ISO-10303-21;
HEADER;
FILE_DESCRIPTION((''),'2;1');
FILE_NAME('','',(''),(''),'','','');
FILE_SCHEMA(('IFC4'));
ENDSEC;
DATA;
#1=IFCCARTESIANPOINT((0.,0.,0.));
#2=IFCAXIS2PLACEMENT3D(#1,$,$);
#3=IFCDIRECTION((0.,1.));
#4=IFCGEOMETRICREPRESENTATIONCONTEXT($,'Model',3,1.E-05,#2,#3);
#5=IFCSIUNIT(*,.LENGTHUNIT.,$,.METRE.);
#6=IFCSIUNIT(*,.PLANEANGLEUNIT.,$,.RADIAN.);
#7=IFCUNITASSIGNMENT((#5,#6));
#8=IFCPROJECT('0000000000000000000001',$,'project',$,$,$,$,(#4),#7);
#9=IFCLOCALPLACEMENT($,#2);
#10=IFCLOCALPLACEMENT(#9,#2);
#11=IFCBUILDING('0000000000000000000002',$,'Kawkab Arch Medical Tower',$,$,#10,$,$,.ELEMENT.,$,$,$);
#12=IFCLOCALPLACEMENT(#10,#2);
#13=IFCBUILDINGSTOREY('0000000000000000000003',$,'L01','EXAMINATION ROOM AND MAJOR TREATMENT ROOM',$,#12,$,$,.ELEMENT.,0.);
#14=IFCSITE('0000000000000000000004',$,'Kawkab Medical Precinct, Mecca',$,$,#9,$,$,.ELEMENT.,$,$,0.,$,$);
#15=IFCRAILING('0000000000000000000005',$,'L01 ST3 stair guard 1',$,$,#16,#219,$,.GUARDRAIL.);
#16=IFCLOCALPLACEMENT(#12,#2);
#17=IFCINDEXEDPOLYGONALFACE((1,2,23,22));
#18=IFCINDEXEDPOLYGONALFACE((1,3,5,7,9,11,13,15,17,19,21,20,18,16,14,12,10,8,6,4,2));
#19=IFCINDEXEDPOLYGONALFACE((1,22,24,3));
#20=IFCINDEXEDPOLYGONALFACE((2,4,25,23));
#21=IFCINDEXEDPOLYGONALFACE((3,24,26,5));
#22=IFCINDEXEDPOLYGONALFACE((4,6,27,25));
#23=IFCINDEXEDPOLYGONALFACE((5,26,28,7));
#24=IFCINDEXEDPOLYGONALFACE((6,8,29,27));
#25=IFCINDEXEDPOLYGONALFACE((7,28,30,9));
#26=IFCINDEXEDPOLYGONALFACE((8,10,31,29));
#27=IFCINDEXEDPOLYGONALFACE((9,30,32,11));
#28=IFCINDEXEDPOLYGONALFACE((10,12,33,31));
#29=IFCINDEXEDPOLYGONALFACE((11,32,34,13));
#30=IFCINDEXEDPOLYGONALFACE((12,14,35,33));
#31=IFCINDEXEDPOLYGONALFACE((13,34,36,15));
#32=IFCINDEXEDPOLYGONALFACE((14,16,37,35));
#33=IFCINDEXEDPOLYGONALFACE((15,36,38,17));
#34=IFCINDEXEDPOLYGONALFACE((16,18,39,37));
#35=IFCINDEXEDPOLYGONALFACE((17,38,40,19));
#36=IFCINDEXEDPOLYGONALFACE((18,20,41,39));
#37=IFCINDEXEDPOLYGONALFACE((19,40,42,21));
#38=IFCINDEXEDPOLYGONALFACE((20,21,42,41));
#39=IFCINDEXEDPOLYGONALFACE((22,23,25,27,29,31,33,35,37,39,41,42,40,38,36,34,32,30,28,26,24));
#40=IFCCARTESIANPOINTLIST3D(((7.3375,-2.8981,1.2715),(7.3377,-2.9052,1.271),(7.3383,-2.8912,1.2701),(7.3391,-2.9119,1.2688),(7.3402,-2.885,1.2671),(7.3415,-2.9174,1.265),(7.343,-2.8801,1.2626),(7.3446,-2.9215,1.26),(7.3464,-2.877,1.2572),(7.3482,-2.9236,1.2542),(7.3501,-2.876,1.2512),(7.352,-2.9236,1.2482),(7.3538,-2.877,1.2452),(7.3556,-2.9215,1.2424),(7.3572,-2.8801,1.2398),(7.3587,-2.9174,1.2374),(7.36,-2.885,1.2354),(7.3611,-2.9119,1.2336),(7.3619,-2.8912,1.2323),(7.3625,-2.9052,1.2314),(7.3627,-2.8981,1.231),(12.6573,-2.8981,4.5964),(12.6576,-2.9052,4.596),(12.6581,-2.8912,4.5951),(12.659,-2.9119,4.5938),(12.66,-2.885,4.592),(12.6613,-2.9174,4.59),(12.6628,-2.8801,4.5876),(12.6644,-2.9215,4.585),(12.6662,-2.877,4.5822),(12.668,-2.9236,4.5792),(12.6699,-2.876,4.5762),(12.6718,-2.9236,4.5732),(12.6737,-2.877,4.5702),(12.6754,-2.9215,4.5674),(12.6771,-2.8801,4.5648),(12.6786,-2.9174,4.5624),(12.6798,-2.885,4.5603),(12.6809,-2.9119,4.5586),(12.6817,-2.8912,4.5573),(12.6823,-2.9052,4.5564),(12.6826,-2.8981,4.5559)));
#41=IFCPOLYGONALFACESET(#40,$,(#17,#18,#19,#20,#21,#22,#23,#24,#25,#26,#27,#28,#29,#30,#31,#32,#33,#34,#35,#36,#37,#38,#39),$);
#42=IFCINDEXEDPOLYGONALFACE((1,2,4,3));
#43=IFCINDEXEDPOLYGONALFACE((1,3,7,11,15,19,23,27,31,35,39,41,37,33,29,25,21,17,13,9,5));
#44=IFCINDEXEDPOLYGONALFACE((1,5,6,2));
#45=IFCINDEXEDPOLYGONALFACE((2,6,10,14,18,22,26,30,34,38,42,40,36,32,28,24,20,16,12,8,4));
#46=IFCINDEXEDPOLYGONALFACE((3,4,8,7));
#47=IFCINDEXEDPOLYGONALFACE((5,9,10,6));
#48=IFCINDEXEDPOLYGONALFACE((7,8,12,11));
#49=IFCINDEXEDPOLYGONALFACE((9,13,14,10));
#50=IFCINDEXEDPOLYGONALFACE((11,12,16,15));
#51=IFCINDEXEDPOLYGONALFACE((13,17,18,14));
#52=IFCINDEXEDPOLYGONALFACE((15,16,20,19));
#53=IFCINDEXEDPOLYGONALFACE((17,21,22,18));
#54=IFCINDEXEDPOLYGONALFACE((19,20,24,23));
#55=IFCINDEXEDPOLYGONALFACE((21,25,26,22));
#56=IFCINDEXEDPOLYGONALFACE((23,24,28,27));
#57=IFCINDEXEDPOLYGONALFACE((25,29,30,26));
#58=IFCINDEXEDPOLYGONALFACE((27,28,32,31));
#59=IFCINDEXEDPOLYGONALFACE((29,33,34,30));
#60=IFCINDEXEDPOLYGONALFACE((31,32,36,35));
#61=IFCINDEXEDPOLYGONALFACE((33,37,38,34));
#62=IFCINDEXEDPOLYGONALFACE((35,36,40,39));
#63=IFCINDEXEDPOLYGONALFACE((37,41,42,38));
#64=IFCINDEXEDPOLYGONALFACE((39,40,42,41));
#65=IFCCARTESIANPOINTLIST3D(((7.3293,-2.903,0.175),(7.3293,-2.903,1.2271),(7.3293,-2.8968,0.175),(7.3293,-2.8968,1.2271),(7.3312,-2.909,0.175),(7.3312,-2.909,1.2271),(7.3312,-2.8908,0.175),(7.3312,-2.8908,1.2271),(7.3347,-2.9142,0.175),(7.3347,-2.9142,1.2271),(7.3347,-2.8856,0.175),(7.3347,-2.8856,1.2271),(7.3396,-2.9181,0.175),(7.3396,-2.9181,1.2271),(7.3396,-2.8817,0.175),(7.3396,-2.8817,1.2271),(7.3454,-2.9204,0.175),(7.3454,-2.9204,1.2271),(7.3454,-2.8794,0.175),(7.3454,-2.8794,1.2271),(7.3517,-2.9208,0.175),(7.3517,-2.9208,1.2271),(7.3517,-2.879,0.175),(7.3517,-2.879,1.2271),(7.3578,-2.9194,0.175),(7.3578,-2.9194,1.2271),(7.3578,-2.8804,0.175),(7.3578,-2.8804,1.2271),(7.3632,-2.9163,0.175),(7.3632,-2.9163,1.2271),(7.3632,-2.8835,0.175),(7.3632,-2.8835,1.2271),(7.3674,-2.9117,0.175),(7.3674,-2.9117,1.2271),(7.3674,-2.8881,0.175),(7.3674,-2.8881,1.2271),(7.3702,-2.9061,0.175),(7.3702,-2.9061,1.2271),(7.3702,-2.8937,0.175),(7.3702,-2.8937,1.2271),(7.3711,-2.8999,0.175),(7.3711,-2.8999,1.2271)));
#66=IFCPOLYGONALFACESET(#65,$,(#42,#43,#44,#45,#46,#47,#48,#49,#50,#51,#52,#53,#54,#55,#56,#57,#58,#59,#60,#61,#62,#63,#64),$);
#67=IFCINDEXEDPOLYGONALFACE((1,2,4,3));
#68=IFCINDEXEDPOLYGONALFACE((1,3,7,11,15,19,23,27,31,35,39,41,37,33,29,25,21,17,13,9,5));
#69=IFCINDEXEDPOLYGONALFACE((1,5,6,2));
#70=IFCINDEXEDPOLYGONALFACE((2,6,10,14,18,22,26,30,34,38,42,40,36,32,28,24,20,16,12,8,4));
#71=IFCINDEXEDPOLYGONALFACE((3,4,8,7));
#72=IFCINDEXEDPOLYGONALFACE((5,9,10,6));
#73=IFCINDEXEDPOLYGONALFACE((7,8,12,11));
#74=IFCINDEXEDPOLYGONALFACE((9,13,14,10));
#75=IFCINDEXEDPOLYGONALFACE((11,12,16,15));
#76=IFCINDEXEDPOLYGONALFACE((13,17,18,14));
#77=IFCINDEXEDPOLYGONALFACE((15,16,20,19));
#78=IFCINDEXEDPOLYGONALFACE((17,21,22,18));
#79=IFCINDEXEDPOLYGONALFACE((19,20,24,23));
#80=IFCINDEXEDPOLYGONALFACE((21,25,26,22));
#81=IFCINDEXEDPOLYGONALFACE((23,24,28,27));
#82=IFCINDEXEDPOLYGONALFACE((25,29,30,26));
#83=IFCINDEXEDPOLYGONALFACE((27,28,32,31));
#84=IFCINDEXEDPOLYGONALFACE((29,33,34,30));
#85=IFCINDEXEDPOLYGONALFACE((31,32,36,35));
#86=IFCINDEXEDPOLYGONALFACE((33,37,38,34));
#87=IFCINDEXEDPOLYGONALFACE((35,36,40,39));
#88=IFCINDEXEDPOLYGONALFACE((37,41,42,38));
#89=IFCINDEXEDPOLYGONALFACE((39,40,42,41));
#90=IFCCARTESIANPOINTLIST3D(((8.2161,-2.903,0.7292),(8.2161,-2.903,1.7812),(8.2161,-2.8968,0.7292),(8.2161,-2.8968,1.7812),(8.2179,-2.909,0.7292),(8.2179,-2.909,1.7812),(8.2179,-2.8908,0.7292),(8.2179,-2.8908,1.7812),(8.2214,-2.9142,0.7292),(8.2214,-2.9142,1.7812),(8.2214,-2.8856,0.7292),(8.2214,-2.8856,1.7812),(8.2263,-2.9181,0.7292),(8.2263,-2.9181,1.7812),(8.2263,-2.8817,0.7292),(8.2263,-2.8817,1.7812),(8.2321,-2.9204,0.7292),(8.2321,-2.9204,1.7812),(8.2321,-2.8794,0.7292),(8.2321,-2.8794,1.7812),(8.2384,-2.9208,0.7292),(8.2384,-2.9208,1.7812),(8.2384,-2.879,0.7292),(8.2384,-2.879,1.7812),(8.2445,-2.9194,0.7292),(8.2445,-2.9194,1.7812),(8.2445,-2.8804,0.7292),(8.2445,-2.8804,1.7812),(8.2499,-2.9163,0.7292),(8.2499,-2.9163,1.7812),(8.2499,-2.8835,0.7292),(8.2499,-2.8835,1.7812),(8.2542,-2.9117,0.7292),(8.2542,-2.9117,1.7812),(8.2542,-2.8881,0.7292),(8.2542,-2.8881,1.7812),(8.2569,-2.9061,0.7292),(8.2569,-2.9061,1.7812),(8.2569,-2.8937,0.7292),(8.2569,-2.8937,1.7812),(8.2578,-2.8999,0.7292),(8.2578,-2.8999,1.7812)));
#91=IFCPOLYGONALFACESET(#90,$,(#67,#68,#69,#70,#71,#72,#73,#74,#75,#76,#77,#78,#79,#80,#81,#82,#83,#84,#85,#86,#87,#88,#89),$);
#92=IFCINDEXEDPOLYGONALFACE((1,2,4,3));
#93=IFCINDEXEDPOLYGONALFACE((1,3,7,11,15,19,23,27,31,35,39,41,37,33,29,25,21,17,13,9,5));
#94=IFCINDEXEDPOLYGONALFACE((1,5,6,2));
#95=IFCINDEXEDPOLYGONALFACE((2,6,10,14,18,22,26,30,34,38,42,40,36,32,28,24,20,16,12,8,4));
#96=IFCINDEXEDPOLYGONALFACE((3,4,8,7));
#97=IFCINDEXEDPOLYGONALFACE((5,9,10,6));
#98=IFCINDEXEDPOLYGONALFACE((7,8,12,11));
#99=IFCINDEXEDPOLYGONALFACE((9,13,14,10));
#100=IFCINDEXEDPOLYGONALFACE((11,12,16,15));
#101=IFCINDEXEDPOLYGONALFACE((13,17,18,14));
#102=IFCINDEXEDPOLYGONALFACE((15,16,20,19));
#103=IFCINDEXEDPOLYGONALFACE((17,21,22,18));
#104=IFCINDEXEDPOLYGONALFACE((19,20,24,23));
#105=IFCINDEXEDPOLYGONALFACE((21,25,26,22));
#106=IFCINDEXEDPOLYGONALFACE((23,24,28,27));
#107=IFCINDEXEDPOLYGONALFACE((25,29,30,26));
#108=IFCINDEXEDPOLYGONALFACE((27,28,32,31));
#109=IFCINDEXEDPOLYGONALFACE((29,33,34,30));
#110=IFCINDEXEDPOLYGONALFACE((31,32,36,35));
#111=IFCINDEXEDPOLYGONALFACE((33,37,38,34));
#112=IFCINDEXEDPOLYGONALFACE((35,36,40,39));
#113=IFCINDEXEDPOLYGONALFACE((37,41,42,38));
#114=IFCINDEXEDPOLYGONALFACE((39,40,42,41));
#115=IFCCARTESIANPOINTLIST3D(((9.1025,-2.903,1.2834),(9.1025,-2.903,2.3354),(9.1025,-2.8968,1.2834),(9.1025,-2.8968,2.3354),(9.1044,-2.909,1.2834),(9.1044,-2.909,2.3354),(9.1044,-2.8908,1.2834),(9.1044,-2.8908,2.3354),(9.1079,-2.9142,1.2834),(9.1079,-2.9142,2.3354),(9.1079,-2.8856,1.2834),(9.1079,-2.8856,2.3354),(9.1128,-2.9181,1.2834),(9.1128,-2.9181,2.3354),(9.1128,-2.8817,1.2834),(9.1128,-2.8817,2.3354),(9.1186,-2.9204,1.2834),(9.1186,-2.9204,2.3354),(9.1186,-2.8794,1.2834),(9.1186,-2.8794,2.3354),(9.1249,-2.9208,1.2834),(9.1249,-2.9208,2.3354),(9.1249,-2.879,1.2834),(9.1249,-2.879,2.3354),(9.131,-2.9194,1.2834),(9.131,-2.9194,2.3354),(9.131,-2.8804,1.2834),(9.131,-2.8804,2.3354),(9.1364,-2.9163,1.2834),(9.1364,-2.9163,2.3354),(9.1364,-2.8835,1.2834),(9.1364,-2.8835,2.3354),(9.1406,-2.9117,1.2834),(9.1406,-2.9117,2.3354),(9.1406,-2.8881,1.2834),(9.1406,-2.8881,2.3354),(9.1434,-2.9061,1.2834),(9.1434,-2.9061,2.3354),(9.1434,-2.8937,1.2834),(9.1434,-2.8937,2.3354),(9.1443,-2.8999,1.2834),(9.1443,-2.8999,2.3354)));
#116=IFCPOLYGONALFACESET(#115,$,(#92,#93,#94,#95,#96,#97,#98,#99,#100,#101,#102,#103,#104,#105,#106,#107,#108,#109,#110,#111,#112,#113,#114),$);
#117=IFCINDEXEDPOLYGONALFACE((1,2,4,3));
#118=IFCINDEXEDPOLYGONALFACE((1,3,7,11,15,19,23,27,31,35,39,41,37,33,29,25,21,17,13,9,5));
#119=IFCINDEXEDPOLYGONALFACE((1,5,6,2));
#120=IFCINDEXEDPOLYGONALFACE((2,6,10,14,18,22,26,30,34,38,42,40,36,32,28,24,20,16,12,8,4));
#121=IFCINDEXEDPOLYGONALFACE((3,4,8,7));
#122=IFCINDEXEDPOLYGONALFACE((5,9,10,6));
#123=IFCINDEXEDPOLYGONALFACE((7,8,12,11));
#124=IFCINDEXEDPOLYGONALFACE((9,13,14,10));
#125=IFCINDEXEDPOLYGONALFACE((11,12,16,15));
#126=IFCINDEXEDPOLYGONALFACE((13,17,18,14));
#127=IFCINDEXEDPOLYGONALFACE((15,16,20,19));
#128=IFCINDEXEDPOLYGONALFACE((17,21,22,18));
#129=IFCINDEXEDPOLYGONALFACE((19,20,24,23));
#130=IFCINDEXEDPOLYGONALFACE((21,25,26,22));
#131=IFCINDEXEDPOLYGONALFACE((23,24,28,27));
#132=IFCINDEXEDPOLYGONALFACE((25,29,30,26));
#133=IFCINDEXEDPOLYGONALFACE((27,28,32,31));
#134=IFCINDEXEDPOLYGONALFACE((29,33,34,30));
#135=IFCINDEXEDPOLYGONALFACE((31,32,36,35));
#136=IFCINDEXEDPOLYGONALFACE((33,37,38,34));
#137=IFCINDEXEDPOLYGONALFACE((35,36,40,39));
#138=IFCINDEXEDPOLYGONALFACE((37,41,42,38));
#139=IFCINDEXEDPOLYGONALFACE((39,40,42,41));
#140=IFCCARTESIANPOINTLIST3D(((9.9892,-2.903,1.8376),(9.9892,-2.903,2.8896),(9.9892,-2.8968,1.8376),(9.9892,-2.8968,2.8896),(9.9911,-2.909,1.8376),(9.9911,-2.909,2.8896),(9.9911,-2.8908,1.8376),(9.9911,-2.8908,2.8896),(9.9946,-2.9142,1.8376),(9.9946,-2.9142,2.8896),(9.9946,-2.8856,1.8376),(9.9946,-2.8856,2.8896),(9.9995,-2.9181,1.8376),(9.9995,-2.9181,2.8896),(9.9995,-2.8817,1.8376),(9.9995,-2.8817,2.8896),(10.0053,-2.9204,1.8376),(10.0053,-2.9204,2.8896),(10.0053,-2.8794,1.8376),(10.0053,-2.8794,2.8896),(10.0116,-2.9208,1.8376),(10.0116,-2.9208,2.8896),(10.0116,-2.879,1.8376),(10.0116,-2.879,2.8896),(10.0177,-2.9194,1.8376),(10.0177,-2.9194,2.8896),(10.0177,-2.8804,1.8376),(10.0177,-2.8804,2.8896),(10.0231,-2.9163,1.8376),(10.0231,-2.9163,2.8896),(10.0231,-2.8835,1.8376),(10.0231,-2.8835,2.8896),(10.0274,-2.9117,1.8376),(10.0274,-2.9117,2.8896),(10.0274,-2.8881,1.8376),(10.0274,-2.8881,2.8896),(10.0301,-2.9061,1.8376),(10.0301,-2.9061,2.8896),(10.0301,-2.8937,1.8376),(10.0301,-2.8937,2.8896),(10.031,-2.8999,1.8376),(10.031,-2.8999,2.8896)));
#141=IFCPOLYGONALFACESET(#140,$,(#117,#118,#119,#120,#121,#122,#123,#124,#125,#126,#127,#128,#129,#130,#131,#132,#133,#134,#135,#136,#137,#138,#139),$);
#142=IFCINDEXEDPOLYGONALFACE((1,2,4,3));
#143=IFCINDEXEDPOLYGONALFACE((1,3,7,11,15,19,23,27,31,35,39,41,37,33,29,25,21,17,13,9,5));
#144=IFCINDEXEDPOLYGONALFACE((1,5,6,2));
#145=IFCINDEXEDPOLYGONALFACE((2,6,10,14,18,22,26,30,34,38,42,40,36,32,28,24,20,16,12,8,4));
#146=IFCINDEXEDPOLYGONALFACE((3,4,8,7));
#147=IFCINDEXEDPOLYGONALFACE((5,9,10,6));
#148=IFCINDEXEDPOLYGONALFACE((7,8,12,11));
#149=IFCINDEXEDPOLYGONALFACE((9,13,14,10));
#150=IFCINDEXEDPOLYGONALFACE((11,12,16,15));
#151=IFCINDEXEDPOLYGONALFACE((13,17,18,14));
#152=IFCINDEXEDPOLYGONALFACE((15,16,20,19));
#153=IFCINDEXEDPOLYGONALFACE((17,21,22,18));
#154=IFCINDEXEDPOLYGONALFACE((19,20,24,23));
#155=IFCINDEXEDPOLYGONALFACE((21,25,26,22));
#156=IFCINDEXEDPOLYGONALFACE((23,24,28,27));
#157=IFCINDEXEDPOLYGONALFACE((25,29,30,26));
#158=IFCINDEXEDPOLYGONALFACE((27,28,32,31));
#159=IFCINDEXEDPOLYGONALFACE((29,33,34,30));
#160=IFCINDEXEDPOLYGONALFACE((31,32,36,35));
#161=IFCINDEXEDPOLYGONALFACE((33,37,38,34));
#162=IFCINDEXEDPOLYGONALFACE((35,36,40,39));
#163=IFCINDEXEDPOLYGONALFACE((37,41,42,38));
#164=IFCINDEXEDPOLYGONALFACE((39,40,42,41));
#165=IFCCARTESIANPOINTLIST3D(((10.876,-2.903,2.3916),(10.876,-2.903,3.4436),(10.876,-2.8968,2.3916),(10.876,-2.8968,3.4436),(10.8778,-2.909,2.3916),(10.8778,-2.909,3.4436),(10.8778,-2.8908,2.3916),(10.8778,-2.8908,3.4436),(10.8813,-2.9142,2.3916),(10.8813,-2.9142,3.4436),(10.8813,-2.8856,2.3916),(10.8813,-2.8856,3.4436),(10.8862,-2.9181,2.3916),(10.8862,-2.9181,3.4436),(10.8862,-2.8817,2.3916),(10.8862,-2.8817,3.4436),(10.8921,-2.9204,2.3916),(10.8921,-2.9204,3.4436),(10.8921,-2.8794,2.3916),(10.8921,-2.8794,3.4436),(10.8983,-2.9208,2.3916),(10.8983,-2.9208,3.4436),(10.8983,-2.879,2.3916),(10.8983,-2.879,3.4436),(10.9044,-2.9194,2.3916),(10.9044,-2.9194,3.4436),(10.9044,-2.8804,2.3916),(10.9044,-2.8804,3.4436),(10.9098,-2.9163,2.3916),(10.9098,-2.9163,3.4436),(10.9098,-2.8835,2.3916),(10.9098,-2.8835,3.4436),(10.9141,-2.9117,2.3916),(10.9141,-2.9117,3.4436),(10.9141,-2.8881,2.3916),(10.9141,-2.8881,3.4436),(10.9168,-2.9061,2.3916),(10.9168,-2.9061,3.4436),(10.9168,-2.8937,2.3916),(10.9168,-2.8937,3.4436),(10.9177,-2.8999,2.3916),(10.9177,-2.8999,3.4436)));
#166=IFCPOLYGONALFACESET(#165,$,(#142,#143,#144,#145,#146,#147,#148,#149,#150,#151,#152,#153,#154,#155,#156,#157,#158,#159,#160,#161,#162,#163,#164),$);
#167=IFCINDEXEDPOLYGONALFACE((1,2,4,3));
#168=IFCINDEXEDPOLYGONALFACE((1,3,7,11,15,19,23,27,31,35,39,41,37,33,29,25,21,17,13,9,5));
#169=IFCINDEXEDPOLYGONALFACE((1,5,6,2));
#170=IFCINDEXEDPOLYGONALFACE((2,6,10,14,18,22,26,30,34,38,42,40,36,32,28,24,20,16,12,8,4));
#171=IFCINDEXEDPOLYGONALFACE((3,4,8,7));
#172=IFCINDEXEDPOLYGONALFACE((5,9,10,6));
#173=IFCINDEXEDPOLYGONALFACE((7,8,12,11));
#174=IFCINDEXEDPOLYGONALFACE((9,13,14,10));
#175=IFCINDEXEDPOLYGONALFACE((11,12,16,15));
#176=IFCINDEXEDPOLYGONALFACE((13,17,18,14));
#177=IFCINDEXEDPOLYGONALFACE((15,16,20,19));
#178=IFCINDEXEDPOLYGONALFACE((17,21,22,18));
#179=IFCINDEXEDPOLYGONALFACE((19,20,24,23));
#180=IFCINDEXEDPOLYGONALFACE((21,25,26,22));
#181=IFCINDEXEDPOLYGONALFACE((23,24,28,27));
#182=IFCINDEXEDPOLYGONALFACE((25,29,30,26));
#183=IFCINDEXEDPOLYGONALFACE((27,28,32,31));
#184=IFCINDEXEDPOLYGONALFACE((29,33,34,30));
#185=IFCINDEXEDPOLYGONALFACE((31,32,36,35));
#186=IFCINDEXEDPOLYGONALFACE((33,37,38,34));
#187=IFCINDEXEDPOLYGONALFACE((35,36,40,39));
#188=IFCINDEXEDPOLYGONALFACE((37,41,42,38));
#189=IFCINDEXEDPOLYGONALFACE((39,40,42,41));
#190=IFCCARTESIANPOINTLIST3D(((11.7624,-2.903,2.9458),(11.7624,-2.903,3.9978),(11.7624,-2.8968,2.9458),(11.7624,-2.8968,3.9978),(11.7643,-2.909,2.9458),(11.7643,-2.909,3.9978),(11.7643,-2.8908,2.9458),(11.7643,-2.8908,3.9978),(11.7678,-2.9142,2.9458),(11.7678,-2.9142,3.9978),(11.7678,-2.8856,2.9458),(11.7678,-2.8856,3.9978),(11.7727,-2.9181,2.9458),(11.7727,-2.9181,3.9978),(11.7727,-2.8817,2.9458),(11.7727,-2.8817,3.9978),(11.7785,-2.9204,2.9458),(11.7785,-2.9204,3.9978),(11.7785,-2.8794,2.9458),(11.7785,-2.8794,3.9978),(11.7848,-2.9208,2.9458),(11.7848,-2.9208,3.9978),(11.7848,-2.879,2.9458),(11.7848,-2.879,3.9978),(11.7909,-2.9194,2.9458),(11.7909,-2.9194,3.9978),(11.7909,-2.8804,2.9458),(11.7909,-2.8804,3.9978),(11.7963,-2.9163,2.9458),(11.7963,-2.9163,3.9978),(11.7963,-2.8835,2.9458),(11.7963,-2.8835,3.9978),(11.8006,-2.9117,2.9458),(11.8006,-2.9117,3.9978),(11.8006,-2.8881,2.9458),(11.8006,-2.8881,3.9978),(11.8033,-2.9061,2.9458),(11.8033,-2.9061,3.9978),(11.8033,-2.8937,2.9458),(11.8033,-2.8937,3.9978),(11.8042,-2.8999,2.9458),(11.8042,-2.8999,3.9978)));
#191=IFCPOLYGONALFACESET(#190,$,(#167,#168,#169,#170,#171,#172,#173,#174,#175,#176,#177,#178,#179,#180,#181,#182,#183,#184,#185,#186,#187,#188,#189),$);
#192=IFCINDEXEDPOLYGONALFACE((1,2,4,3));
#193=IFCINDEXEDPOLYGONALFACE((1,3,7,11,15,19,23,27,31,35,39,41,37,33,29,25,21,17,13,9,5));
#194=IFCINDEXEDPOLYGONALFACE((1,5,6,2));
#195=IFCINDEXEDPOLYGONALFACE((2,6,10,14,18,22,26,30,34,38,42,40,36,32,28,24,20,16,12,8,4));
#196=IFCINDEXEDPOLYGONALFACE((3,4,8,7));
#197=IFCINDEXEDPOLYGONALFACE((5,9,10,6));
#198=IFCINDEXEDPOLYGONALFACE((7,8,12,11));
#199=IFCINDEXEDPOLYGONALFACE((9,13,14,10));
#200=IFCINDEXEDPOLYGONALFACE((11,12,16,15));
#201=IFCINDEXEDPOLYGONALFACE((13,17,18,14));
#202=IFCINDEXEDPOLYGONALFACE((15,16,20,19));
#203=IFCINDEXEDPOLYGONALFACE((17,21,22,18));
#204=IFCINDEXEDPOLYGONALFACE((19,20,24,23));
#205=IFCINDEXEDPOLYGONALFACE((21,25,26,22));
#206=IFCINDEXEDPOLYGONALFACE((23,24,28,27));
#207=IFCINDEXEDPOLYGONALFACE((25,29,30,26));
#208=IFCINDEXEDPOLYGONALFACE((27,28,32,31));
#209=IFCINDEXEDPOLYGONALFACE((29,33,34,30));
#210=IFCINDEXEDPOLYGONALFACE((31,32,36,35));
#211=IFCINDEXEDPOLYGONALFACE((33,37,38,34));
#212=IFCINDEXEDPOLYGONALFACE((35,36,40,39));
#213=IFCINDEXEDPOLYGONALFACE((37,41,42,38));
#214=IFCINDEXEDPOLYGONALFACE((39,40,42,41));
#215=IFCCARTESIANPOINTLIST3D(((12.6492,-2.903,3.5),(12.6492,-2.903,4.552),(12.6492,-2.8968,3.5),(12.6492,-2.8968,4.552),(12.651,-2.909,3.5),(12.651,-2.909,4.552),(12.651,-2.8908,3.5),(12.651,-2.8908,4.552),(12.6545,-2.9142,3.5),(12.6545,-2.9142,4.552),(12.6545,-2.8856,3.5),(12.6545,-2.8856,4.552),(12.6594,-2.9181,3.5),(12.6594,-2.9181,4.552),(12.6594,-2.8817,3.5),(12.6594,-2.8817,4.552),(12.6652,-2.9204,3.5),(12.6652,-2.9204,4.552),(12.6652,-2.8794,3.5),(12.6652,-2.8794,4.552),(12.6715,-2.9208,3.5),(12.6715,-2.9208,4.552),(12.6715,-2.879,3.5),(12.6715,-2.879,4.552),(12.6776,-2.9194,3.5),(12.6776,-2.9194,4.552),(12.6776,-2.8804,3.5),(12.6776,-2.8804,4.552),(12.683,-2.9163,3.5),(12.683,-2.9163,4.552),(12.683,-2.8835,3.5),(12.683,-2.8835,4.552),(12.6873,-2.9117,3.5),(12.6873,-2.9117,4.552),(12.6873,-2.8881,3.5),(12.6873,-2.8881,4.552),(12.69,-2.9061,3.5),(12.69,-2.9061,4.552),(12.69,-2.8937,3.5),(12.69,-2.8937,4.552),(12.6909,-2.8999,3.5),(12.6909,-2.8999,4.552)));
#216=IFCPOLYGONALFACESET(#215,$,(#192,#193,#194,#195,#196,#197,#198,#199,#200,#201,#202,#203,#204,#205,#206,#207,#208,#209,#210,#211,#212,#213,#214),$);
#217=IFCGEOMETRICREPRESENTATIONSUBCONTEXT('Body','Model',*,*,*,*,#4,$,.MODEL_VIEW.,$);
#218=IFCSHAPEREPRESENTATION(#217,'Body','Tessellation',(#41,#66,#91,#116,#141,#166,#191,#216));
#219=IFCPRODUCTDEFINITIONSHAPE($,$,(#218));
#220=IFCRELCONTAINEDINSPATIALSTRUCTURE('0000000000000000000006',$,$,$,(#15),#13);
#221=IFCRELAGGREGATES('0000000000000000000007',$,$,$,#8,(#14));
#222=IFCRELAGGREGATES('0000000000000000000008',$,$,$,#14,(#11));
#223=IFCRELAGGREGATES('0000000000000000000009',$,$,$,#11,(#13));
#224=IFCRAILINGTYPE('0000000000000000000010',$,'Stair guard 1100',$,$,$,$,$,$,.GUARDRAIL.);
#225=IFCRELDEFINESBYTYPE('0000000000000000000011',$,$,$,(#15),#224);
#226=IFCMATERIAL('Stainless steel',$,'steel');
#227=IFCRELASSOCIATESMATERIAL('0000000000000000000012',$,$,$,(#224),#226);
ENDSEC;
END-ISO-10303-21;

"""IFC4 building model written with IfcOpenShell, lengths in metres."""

from ifc_helpers import new_model, si_unit, direction, frame, origin, origin_2d, place, context, subcontext, project, spatial, circle, extrude, material, type_object, element, save


model = new_model("IFC4")

# Units and contexts
model_context = context("Model", 3, precision=1e-05, world=origin(), true_north=direction((0.0, 1.0)))
body_context = subcontext(model_context, "Body", "Model", "MODEL_VIEW")
ifc_project = project(units=[si_unit("LENGTHUNIT", "METRE"), si_unit("PLANEANGLEUNIT", "RADIAN")], contexts=[model_context])

# Site, building, storey
site_placement = place(None, origin())
site = spatial("IfcSite", under=ifc_project, at=site_placement, Name="Kawkab Medical Precinct, Mecca", CompositionType="ELEMENT", RefElevation=0.0)
building_placement = place(site_placement, origin())
building = spatial("IfcBuilding", under=site, at=building_placement, Name="Kawkab Arch Medical Tower", CompositionType="ELEMENT")
storey_placement = place(building_placement, origin())
storey = spatial("IfcBuildingStorey", under=building, at=storey_placement, Name="L01", Description="EXAMINATION ROOM AND MAJOR TREATMENT ROOM", CompositionType="ELEMENT", Elevation=0.0)

# Railing
ifc_material_1 = material(Name="Stainless steel", Category="steel")
railing_type = type_object("IfcRailingType", Name="Stair guard 1100", PredefinedType="GUARDRAIL", material=ifc_material_1)
railing_1_placement = place(storey_placement, frame((7.3501, -2.8999, 0.175)))
element("IfcRailing", 1, at=railing_1_placement, inside=storey, type_object=railing_type, Name="L01 ST3 stair guard 1", PredefinedType="GUARDRAIL", context=body_context, shape_type="SweptSolid", body=[
    extrude(circle(Radius=0.0239, at=origin_2d()), frame((0.0, 0.0, 1.0762), z_axis=(0.847994, 0.0, 0.530006), x_axis=(0.0, 1.0, 0.0)), (0.0, 0.0, 1.0), 6.2734),
    extrude(circle(Radius=0.021, at=origin_2d()), origin(), (0.0, 0.0, 1.0), 1.052),
    extrude(circle(Radius=0.021, at=origin_2d()), frame((0.8867, 0.0, 0.5542)), (0.0, 0.0, 1.0), 1.052),
    extrude(circle(Radius=0.021, at=origin_2d()), frame((1.7732, 0.0, 1.1084)), (0.0, 0.0, 1.0), 1.052),
    extrude(circle(Radius=0.021, at=origin_2d()), frame((2.6599, 0.0, 1.6626)), (0.0, 0.0, 1.0), 1.052),
    extrude(circle(Radius=0.021, at=origin_2d()), frame((3.5466, 0.0, 2.2166)), (0.0, 0.0, 1.0), 1.052),
    extrude(circle(Radius=0.021, at=origin_2d()), frame((4.4331, 0.0, 2.7708)), (0.0, 0.0, 1.0), 1.052),
    extrude(circle(Radius=0.021, at=origin_2d()), frame((5.3198, 0.0, 3.325)), (0.0, 0.0, 1.0), 1.052),
])

save(model, "model.ifc")
